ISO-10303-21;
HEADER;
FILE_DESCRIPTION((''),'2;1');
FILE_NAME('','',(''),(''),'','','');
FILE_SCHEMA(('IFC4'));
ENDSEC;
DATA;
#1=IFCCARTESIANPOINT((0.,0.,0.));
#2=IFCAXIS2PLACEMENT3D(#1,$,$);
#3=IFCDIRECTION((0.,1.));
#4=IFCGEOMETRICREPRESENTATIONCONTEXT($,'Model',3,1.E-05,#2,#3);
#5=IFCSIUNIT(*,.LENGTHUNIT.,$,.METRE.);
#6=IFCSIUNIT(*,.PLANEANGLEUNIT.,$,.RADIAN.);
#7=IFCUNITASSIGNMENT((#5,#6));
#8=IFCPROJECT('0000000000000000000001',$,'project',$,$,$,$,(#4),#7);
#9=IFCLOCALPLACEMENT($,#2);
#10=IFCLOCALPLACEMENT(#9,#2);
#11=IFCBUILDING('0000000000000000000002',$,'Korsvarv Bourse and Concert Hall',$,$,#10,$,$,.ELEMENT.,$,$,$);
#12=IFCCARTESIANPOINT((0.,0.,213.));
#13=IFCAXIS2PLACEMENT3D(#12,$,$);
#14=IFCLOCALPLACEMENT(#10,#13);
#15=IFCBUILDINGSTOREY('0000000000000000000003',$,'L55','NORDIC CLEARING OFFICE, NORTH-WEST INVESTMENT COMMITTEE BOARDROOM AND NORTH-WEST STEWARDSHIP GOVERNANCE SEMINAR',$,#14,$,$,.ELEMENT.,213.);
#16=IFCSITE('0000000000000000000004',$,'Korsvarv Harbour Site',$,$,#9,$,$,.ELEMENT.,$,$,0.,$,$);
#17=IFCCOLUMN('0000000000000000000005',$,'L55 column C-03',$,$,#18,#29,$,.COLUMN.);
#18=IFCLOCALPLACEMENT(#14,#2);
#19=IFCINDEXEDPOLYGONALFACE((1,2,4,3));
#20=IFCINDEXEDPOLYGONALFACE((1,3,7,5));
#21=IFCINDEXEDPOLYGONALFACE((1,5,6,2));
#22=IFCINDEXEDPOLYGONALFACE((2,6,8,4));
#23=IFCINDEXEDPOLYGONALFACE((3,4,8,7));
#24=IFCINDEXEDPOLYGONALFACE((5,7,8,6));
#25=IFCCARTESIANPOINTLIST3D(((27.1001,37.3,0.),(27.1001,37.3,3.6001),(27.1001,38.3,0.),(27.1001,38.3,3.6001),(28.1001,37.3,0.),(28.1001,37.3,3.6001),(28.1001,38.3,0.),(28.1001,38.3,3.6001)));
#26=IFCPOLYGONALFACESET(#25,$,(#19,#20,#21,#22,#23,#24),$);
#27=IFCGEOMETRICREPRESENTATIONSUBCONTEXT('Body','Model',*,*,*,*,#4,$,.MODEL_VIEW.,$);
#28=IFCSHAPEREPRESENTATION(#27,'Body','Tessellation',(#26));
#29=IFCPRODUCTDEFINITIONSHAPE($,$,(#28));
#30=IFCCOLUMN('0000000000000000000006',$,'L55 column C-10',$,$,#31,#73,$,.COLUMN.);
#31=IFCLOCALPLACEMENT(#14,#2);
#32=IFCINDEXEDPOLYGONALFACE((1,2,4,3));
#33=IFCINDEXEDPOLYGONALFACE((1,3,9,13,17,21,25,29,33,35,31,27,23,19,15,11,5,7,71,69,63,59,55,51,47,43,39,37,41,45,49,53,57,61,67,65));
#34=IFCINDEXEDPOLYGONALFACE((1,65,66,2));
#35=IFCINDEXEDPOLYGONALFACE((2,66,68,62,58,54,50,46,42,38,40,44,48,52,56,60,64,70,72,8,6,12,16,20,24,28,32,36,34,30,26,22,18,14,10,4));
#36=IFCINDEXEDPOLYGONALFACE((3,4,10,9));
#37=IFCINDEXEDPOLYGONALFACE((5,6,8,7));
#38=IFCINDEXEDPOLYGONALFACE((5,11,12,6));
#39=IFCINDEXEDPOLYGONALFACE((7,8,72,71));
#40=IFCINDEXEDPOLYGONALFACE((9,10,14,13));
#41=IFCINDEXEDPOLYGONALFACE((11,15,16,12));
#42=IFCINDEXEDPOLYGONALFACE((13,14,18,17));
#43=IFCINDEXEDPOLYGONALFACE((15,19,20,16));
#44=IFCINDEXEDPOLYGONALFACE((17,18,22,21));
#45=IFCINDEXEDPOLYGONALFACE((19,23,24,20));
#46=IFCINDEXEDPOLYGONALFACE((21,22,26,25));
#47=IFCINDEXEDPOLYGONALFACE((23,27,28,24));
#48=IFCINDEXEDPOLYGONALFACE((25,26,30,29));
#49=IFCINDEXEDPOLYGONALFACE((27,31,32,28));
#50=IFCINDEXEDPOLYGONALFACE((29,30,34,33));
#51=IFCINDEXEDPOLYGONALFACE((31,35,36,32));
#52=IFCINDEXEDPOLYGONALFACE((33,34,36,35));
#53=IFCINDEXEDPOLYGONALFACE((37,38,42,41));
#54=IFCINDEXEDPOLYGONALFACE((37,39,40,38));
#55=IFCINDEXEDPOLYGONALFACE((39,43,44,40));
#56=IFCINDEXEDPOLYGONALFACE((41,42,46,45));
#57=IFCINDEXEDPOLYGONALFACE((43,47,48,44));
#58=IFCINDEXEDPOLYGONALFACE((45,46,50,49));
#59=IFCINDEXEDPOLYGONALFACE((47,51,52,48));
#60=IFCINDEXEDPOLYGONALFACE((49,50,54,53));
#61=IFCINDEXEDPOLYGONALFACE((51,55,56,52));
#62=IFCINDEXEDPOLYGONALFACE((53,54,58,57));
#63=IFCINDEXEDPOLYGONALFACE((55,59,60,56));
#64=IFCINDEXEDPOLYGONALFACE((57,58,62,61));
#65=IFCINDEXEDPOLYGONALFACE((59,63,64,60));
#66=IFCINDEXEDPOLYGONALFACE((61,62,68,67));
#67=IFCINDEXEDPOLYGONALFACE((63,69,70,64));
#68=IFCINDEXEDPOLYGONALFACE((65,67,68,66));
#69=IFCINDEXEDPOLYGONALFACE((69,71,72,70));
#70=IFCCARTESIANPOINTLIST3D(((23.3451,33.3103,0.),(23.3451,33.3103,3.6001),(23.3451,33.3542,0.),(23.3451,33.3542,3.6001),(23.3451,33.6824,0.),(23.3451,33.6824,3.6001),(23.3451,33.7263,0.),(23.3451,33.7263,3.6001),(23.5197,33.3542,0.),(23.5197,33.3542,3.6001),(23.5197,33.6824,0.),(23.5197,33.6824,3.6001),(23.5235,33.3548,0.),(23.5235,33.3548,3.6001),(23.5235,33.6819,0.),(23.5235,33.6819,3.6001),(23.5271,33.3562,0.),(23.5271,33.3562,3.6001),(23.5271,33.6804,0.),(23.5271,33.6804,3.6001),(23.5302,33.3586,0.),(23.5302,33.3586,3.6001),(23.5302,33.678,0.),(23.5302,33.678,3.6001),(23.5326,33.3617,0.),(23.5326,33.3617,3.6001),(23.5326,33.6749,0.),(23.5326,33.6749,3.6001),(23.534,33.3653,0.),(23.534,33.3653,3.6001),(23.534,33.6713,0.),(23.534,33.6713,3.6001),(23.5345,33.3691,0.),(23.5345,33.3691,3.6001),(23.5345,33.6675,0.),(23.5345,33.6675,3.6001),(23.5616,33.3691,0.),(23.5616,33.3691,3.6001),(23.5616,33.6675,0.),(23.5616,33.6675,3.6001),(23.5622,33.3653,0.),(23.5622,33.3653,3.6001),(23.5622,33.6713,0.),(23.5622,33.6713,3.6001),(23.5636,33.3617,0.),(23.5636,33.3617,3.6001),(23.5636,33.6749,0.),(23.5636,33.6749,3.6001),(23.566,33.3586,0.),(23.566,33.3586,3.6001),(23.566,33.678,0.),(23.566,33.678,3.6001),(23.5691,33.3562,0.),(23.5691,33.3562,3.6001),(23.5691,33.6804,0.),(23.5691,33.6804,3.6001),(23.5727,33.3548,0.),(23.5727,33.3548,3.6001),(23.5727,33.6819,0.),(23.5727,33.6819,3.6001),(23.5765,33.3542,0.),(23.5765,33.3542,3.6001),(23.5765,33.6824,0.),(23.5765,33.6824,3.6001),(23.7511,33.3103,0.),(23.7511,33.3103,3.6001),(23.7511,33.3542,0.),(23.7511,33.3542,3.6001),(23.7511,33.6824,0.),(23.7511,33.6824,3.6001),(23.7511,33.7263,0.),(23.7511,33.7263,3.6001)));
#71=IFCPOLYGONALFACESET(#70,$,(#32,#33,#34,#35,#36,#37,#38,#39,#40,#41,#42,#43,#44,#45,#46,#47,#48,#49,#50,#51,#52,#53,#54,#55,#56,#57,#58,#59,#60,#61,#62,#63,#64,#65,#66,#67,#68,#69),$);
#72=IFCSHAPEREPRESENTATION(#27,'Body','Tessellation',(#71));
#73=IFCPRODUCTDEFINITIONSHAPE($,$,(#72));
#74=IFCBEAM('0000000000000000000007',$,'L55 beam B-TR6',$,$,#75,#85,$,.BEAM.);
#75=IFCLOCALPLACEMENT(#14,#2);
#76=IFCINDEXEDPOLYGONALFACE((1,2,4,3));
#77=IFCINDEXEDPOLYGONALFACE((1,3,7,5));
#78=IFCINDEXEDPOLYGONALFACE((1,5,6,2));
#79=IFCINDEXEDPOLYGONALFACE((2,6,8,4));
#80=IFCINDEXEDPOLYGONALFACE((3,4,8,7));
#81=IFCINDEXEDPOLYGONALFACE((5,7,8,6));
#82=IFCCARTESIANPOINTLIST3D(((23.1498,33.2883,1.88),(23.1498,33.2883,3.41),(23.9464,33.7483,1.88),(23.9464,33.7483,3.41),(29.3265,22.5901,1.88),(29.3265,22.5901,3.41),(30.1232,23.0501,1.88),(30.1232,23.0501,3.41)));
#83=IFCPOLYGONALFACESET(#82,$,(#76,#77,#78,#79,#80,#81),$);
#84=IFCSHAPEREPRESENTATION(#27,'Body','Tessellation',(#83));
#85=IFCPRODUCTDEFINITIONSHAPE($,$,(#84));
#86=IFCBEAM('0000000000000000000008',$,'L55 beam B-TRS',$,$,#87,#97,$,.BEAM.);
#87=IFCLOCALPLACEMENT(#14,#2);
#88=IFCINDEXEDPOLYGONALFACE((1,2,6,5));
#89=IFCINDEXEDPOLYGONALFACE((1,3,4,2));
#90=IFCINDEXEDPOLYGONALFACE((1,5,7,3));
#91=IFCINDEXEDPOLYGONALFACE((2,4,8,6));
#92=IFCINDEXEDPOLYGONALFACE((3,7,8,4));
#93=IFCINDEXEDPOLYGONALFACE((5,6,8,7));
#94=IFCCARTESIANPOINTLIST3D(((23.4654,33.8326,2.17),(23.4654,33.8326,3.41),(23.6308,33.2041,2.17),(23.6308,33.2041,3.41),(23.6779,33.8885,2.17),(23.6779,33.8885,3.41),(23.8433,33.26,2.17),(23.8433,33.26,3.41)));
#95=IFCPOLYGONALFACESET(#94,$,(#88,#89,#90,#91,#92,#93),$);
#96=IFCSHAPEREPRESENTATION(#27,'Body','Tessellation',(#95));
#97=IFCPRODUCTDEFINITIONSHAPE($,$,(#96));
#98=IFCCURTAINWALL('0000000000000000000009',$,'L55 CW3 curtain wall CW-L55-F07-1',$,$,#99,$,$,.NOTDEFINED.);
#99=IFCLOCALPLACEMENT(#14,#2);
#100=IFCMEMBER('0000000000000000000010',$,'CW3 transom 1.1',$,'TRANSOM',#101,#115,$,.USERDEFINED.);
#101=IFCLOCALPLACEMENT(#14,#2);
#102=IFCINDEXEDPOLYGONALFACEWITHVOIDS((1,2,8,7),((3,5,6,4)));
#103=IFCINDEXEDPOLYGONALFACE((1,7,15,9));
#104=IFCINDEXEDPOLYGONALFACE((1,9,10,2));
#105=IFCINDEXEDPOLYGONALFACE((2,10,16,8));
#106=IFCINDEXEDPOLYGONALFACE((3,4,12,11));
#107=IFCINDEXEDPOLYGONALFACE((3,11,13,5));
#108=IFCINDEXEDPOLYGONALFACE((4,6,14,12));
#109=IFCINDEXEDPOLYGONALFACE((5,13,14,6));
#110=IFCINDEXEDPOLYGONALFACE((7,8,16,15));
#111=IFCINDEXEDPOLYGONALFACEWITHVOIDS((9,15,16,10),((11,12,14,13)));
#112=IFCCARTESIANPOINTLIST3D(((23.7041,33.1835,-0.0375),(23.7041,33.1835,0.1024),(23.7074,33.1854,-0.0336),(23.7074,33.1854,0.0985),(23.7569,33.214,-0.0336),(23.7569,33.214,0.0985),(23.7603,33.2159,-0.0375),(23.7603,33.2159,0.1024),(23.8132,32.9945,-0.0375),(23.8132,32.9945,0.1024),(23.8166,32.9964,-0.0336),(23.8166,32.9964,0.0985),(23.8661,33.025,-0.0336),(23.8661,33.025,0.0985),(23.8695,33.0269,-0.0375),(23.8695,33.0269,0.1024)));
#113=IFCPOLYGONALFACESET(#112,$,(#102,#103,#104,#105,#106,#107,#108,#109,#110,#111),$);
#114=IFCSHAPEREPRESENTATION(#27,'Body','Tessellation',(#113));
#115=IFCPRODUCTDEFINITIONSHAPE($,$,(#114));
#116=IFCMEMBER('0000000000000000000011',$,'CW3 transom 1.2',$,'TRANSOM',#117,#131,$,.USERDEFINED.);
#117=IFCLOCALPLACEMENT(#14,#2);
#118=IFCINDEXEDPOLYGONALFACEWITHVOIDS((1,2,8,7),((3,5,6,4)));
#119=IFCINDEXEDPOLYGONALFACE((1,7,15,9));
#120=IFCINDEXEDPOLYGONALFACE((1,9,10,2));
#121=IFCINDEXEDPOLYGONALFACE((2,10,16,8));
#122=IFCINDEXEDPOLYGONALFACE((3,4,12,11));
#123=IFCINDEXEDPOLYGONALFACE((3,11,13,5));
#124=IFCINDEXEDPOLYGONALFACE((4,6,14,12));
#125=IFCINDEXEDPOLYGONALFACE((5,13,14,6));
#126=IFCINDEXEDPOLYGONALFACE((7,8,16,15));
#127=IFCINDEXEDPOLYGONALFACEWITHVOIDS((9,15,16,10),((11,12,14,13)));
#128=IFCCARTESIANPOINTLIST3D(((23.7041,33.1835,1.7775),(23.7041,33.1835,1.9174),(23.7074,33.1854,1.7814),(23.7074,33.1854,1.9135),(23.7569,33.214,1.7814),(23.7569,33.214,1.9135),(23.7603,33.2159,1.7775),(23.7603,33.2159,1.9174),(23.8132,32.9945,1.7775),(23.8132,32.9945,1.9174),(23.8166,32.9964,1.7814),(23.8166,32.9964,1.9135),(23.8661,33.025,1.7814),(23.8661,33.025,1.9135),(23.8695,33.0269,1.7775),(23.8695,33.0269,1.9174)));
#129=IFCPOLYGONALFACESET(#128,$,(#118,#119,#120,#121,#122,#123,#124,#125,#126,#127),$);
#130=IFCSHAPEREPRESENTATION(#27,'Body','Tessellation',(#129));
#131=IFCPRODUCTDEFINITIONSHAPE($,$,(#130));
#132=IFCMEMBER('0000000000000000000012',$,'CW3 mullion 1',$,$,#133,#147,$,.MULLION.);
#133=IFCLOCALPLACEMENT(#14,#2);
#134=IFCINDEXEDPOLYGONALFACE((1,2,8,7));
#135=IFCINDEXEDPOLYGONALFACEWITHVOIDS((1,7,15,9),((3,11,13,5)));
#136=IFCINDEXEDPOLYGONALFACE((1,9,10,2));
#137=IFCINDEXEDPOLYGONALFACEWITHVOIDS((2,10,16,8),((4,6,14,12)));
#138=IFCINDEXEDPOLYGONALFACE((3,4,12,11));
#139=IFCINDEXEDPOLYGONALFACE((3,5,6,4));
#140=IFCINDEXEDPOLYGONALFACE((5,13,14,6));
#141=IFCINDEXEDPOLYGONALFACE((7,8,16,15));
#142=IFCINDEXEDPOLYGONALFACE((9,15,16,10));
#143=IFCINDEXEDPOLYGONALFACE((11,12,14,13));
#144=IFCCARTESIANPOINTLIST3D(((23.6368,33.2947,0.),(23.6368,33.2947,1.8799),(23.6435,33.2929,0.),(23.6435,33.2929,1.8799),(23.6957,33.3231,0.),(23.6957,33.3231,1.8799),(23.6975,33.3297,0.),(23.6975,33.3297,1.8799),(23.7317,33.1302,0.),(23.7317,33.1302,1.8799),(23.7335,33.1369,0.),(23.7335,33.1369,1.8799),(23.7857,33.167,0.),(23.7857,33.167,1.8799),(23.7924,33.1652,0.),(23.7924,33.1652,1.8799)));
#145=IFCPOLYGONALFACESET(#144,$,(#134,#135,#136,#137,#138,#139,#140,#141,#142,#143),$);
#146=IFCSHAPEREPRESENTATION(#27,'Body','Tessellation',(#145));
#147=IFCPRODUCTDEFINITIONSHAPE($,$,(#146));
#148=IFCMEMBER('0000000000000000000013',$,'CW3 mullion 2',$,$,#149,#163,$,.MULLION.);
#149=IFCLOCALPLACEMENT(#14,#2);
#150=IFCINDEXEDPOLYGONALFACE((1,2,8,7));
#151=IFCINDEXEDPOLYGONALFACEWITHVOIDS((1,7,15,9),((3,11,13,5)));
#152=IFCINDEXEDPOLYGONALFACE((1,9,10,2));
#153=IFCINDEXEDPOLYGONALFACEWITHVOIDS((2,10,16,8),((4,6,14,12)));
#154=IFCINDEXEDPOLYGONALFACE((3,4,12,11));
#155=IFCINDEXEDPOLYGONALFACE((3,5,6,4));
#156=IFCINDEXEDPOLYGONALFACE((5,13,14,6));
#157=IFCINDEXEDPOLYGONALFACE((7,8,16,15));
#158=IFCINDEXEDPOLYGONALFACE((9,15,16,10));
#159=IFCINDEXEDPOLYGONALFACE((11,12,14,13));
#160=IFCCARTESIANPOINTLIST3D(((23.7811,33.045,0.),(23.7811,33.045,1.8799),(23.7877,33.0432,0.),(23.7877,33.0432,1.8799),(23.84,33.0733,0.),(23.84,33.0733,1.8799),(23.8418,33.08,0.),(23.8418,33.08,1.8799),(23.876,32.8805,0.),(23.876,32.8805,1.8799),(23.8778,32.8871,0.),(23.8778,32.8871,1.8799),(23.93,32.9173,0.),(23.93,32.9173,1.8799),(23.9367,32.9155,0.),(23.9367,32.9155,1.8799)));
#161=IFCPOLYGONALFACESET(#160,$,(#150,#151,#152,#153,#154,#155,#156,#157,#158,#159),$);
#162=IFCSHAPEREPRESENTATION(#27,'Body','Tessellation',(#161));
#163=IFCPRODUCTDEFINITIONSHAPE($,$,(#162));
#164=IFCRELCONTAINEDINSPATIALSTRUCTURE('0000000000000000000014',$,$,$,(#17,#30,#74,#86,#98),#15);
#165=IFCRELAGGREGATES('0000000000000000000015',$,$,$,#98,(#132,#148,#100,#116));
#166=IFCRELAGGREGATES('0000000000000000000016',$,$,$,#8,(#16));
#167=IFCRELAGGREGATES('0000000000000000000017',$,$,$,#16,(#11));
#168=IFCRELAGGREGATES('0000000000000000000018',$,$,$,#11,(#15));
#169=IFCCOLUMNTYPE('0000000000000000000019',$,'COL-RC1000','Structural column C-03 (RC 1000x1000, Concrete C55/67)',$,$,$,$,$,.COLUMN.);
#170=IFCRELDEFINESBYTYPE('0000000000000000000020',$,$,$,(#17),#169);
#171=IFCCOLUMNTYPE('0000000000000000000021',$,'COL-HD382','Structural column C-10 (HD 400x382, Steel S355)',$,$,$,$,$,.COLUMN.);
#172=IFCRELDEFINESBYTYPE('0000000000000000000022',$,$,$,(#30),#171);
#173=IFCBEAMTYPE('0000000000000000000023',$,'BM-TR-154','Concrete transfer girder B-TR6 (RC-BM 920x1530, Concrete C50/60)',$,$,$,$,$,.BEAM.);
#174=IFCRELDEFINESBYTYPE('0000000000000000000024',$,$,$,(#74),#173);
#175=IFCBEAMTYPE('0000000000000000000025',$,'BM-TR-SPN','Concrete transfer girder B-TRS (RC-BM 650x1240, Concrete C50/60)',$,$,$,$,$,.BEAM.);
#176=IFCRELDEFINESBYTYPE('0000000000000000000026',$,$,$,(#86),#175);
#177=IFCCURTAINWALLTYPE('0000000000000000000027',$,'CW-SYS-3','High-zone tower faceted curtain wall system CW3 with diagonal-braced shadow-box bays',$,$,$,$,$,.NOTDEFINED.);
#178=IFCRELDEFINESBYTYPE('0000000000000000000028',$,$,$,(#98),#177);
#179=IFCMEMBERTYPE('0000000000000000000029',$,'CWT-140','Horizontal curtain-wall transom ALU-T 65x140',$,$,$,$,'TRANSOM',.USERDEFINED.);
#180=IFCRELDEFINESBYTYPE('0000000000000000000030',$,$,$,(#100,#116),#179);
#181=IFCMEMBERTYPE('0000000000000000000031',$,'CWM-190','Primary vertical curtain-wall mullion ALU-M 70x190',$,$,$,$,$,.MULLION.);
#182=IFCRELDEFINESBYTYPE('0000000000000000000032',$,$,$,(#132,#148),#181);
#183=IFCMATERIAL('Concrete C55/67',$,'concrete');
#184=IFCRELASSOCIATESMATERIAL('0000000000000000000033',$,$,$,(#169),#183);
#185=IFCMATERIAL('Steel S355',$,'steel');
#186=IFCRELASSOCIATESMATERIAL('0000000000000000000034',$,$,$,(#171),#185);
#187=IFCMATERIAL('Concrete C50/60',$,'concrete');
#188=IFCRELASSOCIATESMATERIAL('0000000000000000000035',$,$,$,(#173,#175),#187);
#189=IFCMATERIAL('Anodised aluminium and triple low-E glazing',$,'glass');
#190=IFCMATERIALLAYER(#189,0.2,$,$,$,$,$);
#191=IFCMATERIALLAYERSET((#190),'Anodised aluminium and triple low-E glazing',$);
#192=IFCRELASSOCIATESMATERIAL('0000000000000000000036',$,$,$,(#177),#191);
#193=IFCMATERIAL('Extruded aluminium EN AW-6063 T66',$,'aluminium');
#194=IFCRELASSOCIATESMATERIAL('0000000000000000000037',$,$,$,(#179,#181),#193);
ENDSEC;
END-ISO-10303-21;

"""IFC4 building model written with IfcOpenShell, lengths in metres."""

from ifc_helpers import new_model, si_unit, direction, frame, origin, origin_2d, place, context, subcontext, project, spatial, rectangle, hollow_rectangle, i_section, extrude, source, transform, mapped, material, layer, layer_set, material_profile, profile_set, type_object, element, aggregate, save


model = new_model("IFC4")

# Units and contexts
model_context = context("Model", 3, precision=1e-05, world=origin(), true_north=direction((0.0, 1.0)))
body_context = subcontext(model_context, "Body", "Model", "MODEL_VIEW")
ifc_project = project(units=[si_unit("LENGTHUNIT", "METRE"), si_unit("PLANEANGLEUNIT", "RADIAN")], contexts=[model_context])

# Site, building, storey
site_placement = place(None, origin())
site = spatial("IfcSite", under=ifc_project, at=site_placement, Name="Korsvarv Harbour Site", CompositionType="ELEMENT", RefElevation=0.0)
building_placement = place(site_placement, origin())
building = spatial("IfcBuilding", under=site, at=building_placement, Name="Korsvarv Bourse and Concert Hall", CompositionType="ELEMENT")
storey_placement = place(building_placement, frame((0.0, 0.0, 213.0)))
storey = spatial("IfcBuildingStorey", under=building, at=storey_placement, Name="L55", Description="NORDIC CLEARING OFFICE, NORTH-WEST INVESTMENT COMMITTEE BOARDROOM AND NORTH-WEST STEWARDSHIP GOVERNANCE SEMINAR", CompositionType="ELEMENT", Elevation=213.0)

# Columns
ifc_material_1 = material(Name="Concrete C55/67", Category="concrete")
ifc_material_profile_1 = material_profile(ifc_material_1, rectangle(XDim=1.0, YDim=1.0, at=origin_2d()), Name="RC 1000x1000")
ifc_profile_set_1 = profile_set([ifc_material_profile_1], Name="Concrete C55/67")
column_type_1 = type_object("IfcColumnType", Name="COL-RC1000", Description="Structural column C-03 (RC 1000x1000, Concrete C55/67)", PredefinedType="COLUMN", material=ifc_profile_set_1)
shared_shape_1 = source(origin(), body_context, "Body", "SweptSolid", [
    extrude(rectangle(XDim=1.0, YDim=1.0, at=origin_2d()), origin(), (0.0, 0.0, 1.0), 3.6001),
])
column_1_placement = place(storey_placement, frame((27.6001, 37.8, 0.0), z_axis=(0.0, 0.0, 1.0), x_axis=(1.0, 0.0, 0.0)))
element("IfcColumn", 1, at=column_1_placement, inside=storey, type_object=column_type_1, Name="L55 column C-03", PredefinedType="COLUMN", context=body_context, shape_type="MappedRepresentation", body=[
    mapped(shared_shape_1, transform((0.0, 0.0, 0.0), scale=1.0)),
])
ifc_material_2 = material(Name="Steel S355", Category="steel")
ifc_material_profile_2 = material_profile(ifc_material_2, i_section(OverallWidth=0.406, OverallDepth=0.416, WebThickness=0.0271, FlangeThickness=0.0439, FilletRadius=0.0149, at=origin_2d()), Name="HD 400x382")
ifc_profile_set_2 = profile_set([ifc_material_profile_2], Name="Steel S355")
column_type_2 = type_object("IfcColumnType", Name="COL-HD382", Description="Structural column C-10 (HD 400x382, Steel S355)", PredefinedType="COLUMN", material=ifc_profile_set_2)
shared_shape_2 = source(origin(), body_context, "Body", "SweptSolid", [
    extrude(i_section(OverallWidth=0.406, OverallDepth=0.416, WebThickness=0.0271, FlangeThickness=0.0439, FilletRadius=0.0149, at=origin_2d()), origin(), (0.0, 0.0, 1.0), 3.6001),
])
column_2_placement = place(storey_placement, frame((23.5481, 33.5183, 0.0), z_axis=(0.0, 0.0, 1.0), x_axis=(1.0, 0.0, 0.0)))
element("IfcColumn", 2, at=column_2_placement, inside=storey, type_object=column_type_2, Name="L55 column C-10", PredefinedType="COLUMN", context=body_context, shape_type="MappedRepresentation", body=[
    mapped(shared_shape_2, transform((0.0, 0.0, 0.0), scale=1.0)),
])

# Beams
ifc_material_3 = material(Name="Concrete C50/60", Category="concrete")
ifc_material_profile_3 = material_profile(ifc_material_3, rectangle(XDim=0.9199, YDim=1.53, at=origin_2d()), Name="RC-BM 920x1530")
ifc_profile_set_3 = profile_set([ifc_material_profile_3], Name="Concrete C50/60")
beam_type_1 = type_object("IfcBeamType", Name="BM-TR-154", Description="Concrete transfer girder B-TR6 (RC-BM 920x1530, Concrete C50/60)", PredefinedType="BEAM", material=ifc_profile_set_3)
shared_shape_3 = source(origin(), body_context, "Body", "SweptSolid", [
    extrude(rectangle(XDim=0.9199, YDim=1.53, at=origin_2d()), origin(), (0.0, 0.0, 1.0), 12.3533),
])
beam_1_placement = place(storey_placement, frame((23.5481, 33.5183, 2.645), z_axis=(0.500008, -0.866021, 0.0), x_axis=(0.866021, 0.500008, 0.0)))
element("IfcBeam", 3, at=beam_1_placement, inside=storey, type_object=beam_type_1, Name="L55 beam B-TR6", PredefinedType="BEAM", context=body_context, shape_type="MappedRepresentation", body=[
    mapped(shared_shape_3, transform((0.0, 0.0, 0.0), scale=1.0)),
])
ifc_material_profile_4 = material_profile(ifc_material_3, rectangle(XDim=0.6499, YDim=1.24, at=origin_2d()), Name="RC-BM 650x1240")
ifc_profile_set_4 = profile_set([ifc_material_profile_4], Name="Concrete C50/60")
beam_type_2 = type_object("IfcBeamType", Name="BM-TR-SPN", Description="Concrete transfer girder B-TRS (RC-BM 650x1240, Concrete C50/60)", PredefinedType="BEAM", material=ifc_profile_set_4)
shared_shape_4 = source(origin(), body_context, "Body", "SweptSolid", [
    extrude(rectangle(XDim=0.6499, YDim=1.24, at=origin_2d()), origin(), (0.0, 0.0, 1.0), 0.2197),
])
beam_2_placement = place(storey_placement, frame((23.5481, 33.5183, 2.79), z_axis=(0.96706, 0.254548, 0.0), x_axis=(-0.254548, 0.96706, 0.0)))
element("IfcBeam", 4, at=beam_2_placement, inside=storey, type_object=beam_type_2, Name="L55 beam B-TRS", PredefinedType="BEAM", context=body_context, shape_type="MappedRepresentation", body=[
    mapped(shared_shape_4, transform((0.0, 0.0, 0.0), scale=1.0)),
])

# Curtain wall, members
ifc_material_4 = material(Name="Anodised aluminium and triple low-E glazing", Category="glass")
ifc_layer_1 = layer(ifc_material_4, 0.2)
ifc_layer_set_1 = layer_set([ifc_layer_1], Name="Anodised aluminium and triple low-E glazing")
curtain_wall_type = type_object("IfcCurtainWallType", Name="CW-SYS-3", Description="High-zone tower faceted curtain wall system CW3 with diagonal-braced shadow-box bays", PredefinedType="NOTDEFINED", material=ifc_layer_set_1)
curtain_wall_placement = place(storey_placement, origin())
curtain_wall = element("IfcCurtainWall", 5, at=curtain_wall_placement, inside=storey, type_object=curtain_wall_type, Name="L55 CW3 curtain wall CW-L55-F07-1", PredefinedType="NOTDEFINED")
ifc_material_5 = material(Name="Extruded aluminium EN AW-6063 T66", Category="aluminium")
ifc_material_profile_5 = material_profile(ifc_material_5, hollow_rectangle(XDim=0.0649, YDim=0.1399, WallThickness=0.0039, at=origin_2d()), Name="ALU-T 65x140")
ifc_profile_set_5 = profile_set([ifc_material_profile_5], Name="Extruded aluminium EN AW-6063 T66")
member_type_1 = type_object("IfcMemberType", Name="CWT-140", Description="Horizontal curtain-wall transom ALU-T 65x140", ElementType="TRANSOM", PredefinedType="USERDEFINED", material=ifc_profile_set_5)
shared_shape_5 = source(origin(), body_context, "Body", "SweptSolid", [
    extrude(hollow_rectangle(XDim=0.0649, YDim=0.1399, WallThickness=0.0039, at=origin_2d()), origin(), (0.0, 0.0, 1.0), 0.2183),
])
member_1_placement = place(storey_placement, frame((23.7322, 33.1997, 0.0325), z_axis=(0.50011, -0.865962, 0.0), x_axis=(0.865962, 0.50011, 0.0)))
member_1 = element("IfcMember", 6, at=member_1_placement, type_object=member_type_1, Name="CW3 transom 1.1", ObjectType="TRANSOM", PredefinedType="USERDEFINED", context=body_context, shape_type="MappedRepresentation", body=[
    mapped(shared_shape_5, transform((0.0, 0.0, 0.0), scale=1.0)),
])
member_2_placement = place(storey_placement, frame((23.7322, 33.1997, 1.8474), z_axis=(0.50011, -0.865962, 0.0), x_axis=(0.865962, 0.50011, 0.0)))
member_2 = element("IfcMember", 7, at=member_2_placement, type_object=member_type_1, Name="CW3 transom 1.2", ObjectType="TRANSOM", PredefinedType="USERDEFINED", context=body_context, shape_type="MappedRepresentation", body=[
    mapped(shared_shape_5, transform((0.0, 0.0, 0.0), scale=1.0)),
])
ifc_material_profile_6 = material_profile(ifc_material_5, hollow_rectangle(XDim=0.0701, YDim=0.1899, WallThickness=0.0049, at=origin_2d()), Name="ALU-M 70x190")
ifc_profile_set_6 = profile_set([ifc_material_profile_6], Name="Extruded aluminium EN AW-6063 T66")
member_type_2 = type_object("IfcMemberType", Name="CWM-190", Description="Primary vertical curtain-wall mullion ALU-M 70x190", PredefinedType="MULLION", material=ifc_profile_set_6)
shared_shape_6 = source(origin(), body_context, "Body", "SweptSolid", [
    extrude(hollow_rectangle(XDim=0.0701, YDim=0.1899, WallThickness=0.0049, at=origin_2d()), origin(), (0.0, 0.0, 1.0), 1.8799),
])
member_3_placement = place(storey_placement, frame((23.7146, 33.23, 0.0), z_axis=(0.0, 0.0, 1.0), x_axis=(0.866088, 0.499892, 0.0)))
member_3 = element("IfcMember", 8, at=member_3_placement, type_object=member_type_2, Name="CW3 mullion 1", PredefinedType="MULLION", context=body_context, shape_type="MappedRepresentation", body=[
    mapped(shared_shape_6, transform((0.0, 0.0, 0.0), scale=1.0)),
])
member_4_placement = place(storey_placement, frame((23.8589, 32.9802, 0.0), z_axis=(0.0, 0.0, 1.0), x_axis=(0.866088, 0.499892, 0.0)))
member_4 = element("IfcMember", 9, at=member_4_placement, type_object=member_type_2, Name="CW3 mullion 2", PredefinedType="MULLION", context=body_context, shape_type="MappedRepresentation", body=[
    mapped(shared_shape_6, transform((0.0, 0.0, 0.0), scale=1.0)),
])
aggregate(curtain_wall, [member_3, member_4, member_1, member_2])

save(model, "model.ifc")
